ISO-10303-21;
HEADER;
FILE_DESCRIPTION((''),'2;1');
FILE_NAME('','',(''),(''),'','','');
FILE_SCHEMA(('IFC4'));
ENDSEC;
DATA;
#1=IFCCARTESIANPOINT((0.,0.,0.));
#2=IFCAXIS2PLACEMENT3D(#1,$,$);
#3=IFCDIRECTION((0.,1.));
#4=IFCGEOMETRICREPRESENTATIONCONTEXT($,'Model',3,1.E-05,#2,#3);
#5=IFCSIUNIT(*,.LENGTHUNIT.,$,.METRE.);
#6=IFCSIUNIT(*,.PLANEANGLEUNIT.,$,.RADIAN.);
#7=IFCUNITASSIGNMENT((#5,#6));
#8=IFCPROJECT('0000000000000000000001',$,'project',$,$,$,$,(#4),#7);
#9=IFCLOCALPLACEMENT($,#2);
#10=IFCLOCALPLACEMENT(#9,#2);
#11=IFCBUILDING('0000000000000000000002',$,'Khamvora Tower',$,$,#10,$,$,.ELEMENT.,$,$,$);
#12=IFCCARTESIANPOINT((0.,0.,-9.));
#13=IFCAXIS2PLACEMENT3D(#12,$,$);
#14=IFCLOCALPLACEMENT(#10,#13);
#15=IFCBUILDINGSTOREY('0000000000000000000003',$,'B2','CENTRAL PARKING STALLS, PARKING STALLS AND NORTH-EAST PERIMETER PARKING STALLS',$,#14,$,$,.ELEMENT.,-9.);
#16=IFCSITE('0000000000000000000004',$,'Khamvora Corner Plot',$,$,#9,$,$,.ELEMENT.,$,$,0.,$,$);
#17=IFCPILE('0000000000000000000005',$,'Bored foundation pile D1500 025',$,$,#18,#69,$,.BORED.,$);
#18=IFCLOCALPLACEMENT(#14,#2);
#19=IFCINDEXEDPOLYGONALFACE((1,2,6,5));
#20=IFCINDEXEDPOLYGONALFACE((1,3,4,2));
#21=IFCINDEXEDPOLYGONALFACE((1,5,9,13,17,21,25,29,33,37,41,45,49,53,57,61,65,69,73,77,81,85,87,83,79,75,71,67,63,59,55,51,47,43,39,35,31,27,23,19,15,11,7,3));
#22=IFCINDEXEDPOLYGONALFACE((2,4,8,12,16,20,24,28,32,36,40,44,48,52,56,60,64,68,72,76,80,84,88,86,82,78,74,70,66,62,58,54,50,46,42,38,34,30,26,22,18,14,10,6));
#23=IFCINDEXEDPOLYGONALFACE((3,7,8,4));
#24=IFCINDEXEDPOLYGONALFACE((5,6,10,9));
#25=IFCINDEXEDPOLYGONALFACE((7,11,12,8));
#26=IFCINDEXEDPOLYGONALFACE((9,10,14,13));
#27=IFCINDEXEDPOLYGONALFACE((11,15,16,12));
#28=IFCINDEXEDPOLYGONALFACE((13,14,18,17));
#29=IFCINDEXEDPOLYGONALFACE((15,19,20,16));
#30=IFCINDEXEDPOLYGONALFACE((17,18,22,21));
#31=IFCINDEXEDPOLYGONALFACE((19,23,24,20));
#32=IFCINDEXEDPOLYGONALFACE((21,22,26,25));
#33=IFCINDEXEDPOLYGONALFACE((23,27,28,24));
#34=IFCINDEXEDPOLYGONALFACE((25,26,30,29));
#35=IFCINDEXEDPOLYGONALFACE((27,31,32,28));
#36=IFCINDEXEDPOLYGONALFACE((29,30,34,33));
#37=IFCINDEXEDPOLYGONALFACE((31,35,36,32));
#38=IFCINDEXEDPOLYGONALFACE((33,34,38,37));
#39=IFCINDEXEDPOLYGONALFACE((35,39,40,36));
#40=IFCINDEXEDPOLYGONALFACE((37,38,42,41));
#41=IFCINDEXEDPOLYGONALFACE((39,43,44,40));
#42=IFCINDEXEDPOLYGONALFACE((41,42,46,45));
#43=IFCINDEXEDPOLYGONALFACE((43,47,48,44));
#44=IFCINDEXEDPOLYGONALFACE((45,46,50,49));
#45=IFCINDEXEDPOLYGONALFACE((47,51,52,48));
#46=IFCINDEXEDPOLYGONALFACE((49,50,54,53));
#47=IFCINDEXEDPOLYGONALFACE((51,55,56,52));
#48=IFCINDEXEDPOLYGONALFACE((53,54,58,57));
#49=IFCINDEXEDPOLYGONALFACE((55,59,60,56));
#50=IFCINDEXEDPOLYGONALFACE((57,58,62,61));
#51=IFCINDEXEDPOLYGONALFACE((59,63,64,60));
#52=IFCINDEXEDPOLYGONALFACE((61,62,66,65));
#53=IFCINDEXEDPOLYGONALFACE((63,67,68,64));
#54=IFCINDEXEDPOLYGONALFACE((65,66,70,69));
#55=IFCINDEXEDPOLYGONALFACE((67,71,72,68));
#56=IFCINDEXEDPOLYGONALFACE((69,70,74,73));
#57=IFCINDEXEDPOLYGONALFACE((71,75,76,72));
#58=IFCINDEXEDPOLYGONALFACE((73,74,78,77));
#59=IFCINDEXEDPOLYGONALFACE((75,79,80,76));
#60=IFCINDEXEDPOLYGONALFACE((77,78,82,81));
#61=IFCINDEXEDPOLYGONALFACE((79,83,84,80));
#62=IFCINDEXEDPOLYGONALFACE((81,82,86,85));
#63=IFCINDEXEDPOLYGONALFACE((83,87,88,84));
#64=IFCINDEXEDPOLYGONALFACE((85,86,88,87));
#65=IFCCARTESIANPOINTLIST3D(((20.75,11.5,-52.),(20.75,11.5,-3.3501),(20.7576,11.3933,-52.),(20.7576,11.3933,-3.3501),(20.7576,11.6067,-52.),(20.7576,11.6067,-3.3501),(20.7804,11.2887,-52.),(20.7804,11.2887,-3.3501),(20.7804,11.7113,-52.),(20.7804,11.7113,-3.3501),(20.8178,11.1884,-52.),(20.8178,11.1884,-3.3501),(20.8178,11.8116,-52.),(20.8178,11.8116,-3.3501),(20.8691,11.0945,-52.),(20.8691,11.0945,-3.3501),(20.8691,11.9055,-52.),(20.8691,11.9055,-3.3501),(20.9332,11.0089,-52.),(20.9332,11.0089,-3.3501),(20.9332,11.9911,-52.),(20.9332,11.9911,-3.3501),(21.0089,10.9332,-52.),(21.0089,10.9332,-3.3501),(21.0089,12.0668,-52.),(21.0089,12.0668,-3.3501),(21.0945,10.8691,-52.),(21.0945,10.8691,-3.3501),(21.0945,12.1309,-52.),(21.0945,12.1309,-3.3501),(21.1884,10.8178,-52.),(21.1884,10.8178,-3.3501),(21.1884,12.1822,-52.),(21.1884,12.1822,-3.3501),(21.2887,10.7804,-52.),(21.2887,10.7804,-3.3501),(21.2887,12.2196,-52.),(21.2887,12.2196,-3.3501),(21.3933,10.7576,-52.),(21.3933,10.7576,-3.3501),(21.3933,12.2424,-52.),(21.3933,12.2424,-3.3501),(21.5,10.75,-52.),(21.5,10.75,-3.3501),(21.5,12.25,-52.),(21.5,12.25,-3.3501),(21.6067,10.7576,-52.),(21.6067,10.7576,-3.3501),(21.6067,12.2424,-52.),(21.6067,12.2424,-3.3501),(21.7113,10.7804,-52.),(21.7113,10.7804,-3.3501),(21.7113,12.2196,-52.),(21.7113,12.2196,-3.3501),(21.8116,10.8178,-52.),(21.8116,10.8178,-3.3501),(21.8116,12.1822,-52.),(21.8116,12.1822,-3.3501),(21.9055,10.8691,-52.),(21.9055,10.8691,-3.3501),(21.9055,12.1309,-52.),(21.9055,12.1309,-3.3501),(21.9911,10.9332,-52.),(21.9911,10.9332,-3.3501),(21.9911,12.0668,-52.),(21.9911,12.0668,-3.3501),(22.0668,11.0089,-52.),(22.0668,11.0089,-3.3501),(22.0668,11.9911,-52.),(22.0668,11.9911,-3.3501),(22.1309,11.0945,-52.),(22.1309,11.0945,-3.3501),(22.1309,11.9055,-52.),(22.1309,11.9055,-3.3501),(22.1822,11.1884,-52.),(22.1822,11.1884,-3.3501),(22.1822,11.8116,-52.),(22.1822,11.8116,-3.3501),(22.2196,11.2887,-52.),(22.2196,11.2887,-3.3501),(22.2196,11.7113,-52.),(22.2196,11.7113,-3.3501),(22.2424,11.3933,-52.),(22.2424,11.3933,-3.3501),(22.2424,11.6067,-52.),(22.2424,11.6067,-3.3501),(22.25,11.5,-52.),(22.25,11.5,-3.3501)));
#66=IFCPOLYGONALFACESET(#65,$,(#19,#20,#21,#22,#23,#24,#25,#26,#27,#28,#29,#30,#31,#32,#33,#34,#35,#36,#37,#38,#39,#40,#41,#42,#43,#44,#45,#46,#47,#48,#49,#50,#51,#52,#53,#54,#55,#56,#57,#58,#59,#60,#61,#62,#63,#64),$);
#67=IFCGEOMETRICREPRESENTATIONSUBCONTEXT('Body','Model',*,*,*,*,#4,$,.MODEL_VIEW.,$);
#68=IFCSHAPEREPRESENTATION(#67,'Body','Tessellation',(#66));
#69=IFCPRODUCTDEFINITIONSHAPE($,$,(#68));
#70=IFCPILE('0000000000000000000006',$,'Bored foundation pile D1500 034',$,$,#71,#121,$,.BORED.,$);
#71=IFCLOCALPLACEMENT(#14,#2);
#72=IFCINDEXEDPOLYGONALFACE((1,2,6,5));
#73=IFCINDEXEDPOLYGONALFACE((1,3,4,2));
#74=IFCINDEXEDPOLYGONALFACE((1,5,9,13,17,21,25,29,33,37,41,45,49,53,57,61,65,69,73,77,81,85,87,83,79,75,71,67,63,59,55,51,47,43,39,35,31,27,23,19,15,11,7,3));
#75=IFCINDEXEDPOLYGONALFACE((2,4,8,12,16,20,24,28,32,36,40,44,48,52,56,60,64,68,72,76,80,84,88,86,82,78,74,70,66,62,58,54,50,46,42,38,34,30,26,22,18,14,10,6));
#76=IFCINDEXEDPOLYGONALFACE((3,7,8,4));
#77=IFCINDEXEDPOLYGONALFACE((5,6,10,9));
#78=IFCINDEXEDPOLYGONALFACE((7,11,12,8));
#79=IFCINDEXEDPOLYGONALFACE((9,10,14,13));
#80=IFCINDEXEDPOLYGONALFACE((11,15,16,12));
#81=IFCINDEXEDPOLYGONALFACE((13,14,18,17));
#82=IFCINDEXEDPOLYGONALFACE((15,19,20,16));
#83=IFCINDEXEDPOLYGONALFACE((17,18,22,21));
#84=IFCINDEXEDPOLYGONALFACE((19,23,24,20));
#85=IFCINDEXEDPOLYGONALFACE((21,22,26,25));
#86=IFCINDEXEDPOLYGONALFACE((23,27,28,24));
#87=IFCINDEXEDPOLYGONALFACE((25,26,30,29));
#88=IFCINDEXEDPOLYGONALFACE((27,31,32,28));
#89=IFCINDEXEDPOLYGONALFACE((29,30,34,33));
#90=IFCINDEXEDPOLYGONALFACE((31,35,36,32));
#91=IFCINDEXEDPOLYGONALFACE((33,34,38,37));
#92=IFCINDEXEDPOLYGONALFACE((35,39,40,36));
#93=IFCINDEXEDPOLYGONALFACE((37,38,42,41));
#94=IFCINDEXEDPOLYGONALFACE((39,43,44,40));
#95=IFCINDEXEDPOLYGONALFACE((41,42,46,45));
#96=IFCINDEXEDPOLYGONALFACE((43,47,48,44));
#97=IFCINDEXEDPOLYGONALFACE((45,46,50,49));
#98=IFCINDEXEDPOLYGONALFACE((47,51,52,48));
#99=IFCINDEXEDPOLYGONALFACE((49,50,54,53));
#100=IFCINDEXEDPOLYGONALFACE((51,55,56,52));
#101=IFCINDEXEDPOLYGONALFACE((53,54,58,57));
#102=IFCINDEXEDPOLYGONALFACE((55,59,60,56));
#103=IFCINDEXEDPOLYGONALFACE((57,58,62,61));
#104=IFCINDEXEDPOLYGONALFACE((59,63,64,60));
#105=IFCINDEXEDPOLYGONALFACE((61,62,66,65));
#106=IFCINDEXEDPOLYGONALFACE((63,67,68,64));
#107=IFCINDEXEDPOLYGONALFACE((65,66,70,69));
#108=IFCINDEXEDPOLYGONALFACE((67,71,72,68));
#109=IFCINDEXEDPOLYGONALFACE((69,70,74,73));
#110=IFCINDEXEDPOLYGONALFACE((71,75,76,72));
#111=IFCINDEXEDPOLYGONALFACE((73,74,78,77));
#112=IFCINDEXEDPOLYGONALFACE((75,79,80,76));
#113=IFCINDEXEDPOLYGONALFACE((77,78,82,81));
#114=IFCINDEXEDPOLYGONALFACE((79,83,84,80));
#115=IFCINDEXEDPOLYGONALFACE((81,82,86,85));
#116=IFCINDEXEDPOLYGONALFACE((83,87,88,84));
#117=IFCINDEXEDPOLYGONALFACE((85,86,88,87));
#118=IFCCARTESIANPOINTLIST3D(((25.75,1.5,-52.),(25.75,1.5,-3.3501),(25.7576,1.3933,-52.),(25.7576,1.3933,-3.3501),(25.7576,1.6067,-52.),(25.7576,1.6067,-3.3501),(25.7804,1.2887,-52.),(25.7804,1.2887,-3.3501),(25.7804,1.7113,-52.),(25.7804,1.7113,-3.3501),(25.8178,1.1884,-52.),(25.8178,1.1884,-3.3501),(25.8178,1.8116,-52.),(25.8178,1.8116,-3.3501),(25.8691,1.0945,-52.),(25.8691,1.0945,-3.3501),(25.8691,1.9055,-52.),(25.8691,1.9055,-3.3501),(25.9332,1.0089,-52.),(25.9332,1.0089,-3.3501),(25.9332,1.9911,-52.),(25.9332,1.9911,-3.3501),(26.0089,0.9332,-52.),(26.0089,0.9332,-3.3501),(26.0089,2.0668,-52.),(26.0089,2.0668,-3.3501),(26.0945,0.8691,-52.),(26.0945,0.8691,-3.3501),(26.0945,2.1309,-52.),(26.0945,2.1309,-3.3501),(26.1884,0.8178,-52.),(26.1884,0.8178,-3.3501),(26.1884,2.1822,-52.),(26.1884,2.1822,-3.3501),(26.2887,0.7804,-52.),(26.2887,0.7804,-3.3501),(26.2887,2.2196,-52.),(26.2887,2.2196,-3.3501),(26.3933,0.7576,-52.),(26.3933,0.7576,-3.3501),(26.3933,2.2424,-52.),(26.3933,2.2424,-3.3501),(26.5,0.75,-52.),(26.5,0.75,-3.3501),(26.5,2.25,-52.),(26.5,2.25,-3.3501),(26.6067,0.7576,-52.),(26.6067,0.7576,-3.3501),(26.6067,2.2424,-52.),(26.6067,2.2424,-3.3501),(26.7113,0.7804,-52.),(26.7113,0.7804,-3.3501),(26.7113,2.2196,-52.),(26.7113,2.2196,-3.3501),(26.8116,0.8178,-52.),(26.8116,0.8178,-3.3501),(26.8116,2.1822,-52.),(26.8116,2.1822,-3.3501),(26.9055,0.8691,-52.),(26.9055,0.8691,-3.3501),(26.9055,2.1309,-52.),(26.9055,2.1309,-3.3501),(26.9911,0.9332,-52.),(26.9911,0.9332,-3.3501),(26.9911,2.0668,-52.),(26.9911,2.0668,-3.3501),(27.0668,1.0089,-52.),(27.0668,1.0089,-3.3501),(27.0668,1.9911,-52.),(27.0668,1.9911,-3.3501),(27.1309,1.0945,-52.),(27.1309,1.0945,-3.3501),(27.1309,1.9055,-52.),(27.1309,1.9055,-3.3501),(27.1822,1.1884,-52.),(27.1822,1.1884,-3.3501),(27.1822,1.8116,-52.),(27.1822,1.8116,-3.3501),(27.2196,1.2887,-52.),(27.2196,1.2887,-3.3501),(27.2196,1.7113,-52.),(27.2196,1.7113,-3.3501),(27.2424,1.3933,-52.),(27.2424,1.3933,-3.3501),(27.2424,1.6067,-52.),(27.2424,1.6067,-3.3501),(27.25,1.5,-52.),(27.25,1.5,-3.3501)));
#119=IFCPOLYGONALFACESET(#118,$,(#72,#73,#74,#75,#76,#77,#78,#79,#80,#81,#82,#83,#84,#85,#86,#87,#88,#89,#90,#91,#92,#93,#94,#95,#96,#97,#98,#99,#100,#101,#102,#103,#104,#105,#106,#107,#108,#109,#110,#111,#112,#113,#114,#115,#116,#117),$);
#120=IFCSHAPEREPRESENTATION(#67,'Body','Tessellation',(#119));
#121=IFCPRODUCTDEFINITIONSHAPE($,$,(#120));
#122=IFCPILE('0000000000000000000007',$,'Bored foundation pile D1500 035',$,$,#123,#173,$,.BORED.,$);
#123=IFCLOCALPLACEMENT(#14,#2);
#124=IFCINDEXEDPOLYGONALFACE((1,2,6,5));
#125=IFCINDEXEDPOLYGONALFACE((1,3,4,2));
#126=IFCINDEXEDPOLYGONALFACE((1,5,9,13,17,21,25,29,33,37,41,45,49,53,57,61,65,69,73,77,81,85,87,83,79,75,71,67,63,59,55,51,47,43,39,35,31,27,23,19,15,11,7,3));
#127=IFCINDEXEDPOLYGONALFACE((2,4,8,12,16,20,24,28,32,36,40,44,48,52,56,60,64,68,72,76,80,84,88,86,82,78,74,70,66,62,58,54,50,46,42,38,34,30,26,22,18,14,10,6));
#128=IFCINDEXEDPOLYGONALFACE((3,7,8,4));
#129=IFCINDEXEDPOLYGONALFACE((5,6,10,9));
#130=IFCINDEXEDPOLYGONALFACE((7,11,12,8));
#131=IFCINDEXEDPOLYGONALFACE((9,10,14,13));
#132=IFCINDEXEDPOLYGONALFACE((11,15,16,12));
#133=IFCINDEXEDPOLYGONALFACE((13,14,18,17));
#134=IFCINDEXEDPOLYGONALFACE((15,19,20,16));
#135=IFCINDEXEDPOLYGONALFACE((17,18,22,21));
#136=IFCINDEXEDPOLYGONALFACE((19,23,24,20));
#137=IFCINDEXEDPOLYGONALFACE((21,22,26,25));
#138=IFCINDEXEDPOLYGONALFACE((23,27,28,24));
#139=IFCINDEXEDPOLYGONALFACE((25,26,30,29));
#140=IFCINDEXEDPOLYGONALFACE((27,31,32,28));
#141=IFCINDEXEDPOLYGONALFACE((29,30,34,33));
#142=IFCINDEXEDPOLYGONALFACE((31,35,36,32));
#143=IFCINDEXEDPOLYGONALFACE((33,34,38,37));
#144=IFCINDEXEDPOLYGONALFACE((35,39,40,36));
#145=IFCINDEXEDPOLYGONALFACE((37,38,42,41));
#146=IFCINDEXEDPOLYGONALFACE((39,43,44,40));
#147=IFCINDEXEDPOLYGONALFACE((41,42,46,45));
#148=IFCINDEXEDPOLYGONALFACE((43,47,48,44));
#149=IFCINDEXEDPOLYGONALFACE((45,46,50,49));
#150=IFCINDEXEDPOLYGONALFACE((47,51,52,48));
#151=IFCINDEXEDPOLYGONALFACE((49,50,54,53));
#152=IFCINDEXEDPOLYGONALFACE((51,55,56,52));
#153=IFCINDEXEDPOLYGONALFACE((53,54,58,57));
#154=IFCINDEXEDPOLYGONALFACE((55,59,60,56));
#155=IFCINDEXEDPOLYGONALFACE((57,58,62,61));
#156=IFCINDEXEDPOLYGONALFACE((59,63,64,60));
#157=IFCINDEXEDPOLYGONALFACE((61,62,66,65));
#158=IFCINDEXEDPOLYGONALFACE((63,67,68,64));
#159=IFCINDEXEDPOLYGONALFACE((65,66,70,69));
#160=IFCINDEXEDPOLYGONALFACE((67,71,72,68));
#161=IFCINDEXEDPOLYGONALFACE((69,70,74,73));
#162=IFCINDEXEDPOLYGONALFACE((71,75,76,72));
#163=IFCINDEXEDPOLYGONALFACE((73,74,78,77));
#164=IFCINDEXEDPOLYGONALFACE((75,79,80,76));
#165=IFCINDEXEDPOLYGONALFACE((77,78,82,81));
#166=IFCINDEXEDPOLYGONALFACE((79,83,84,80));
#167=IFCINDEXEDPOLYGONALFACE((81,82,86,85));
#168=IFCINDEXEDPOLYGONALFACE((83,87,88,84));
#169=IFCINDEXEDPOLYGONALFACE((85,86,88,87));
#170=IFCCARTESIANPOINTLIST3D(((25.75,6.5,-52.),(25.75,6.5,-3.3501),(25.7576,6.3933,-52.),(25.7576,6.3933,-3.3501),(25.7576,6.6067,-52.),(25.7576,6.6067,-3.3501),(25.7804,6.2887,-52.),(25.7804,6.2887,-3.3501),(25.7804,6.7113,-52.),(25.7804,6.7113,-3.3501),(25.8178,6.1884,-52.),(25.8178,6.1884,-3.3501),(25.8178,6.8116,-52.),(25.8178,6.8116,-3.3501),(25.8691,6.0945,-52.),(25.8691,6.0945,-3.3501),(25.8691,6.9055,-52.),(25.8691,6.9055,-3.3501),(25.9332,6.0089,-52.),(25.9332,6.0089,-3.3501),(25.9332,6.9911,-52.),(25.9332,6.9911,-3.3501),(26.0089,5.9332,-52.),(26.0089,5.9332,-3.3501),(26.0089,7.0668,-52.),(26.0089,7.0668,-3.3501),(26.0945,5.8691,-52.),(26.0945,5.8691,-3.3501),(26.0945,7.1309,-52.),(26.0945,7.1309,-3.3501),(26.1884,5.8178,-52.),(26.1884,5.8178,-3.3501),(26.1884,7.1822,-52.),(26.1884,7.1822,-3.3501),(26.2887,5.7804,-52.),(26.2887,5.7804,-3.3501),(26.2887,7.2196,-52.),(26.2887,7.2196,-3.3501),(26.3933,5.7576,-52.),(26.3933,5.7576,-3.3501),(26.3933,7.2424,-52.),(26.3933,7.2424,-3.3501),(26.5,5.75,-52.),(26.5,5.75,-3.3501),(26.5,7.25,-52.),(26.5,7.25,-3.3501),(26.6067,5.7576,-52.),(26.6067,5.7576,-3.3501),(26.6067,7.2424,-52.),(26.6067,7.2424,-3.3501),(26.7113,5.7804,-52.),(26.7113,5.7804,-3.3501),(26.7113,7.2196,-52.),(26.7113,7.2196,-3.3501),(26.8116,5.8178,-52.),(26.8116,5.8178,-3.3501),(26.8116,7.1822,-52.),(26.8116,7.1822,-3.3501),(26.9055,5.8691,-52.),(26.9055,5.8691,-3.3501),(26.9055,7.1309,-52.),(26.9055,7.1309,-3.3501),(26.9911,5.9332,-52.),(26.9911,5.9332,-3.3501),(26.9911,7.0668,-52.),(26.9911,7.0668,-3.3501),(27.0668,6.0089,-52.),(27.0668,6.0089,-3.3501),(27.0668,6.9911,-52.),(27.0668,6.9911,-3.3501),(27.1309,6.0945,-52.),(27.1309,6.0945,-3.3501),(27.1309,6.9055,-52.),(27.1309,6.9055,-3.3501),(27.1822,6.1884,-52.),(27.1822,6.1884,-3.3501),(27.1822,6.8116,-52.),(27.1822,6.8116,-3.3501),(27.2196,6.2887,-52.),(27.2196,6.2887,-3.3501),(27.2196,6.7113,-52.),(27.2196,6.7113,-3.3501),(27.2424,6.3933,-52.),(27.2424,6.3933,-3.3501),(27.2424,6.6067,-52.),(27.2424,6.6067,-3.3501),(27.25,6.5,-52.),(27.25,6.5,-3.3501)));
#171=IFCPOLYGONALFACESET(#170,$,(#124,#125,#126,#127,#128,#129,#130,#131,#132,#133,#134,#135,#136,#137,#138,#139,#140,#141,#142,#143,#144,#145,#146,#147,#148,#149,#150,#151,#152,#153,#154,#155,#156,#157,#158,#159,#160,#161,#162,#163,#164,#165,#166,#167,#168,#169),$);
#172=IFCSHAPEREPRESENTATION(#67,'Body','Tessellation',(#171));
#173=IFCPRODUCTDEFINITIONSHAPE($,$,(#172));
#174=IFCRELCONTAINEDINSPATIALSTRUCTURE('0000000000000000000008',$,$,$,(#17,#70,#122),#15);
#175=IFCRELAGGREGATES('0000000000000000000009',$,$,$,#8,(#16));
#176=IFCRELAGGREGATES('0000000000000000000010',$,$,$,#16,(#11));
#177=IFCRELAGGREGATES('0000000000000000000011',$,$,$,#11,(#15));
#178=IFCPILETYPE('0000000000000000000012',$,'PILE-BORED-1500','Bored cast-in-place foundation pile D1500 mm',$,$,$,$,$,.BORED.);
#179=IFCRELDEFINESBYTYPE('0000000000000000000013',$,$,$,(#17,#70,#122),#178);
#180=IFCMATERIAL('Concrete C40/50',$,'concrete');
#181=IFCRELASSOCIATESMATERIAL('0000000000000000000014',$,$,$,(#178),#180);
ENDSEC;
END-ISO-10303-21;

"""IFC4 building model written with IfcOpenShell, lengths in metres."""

from ifc_helpers import new_model, si_unit, direction, frame, origin, origin_2d, place, context, subcontext, project, spatial, circle, extrude, material, material_profile, profile_set, type_object, element, save


model = new_model("IFC4")

# Units and contexts
model_context = context("Model", 3, precision=1e-05, world=origin(), true_north=direction((0.0, 1.0)))
body_context = subcontext(model_context, "Body", "Model", "MODEL_VIEW")
ifc_project = project(units=[si_unit("LENGTHUNIT", "METRE"), si_unit("PLANEANGLEUNIT", "RADIAN")], contexts=[model_context])

# Site, building, storey
site_placement = place(None, origin())
site = spatial("IfcSite", under=ifc_project, at=site_placement, Name="Khamvora Corner Plot", CompositionType="ELEMENT", RefElevation=0.0)
building_placement = place(site_placement, origin())
building = spatial("IfcBuilding", under=site, at=building_placement, Name="Khamvora Tower", CompositionType="ELEMENT")
storey_placement = place(building_placement, frame((0.0, 0.0, -9.0)))
storey = spatial("IfcBuildingStorey", under=building, at=storey_placement, Name="B2", Description="CENTRAL PARKING STALLS, PARKING STALLS AND NORTH-EAST PERIMETER PARKING STALLS", CompositionType="ELEMENT", Elevation=-9.0)

# Shared definitions
ifc_material_1 = material(Name="Concrete C40/50", Category="concrete")

# Piles
ifc_material_profile_1 = material_profile(ifc_material_1, circle(Radius=0.75, at=origin_2d()), Name="PILE_D1500")
ifc_profile_set_1 = profile_set([ifc_material_profile_1], Name="Concrete C40/50")
pile_type = type_object("IfcPileType", Name="PILE-BORED-1500", Description="Bored cast-in-place foundation pile D1500 mm", PredefinedType="BORED", material=ifc_profile_set_1)
for number, where, z_axis, x_axis, name in (
    (1, (21.5, 11.5, -3.3501), (0.0, 0.0, -1.0), (1.0, 0.0, 0.0), "Bored foundation pile D1500 025"),
    (2, (26.5, 1.5, -3.3501), (0.0, 0.0, -1.0), (1.0, 0.0, 0.0), "Bored foundation pile D1500 034"),
    (3, (26.5, 6.5, -3.3501), (0.0, 0.0, -1.0), (1.0, 0.0, 0.0), "Bored foundation pile D1500 035"),
):
    element("IfcPile", number, at=place(storey_placement, frame(where, z_axis=z_axis, x_axis=x_axis)), inside=storey, type_object=pile_type, Name=name, PredefinedType="BORED", context=body_context, shape_type="SweptSolid", body=[
        extrude(circle(Radius=0.75, at=origin_2d()), origin(), (0.0, 0.0, 1.0), 48.6499),
    ])

save(model, "model.ifc")
